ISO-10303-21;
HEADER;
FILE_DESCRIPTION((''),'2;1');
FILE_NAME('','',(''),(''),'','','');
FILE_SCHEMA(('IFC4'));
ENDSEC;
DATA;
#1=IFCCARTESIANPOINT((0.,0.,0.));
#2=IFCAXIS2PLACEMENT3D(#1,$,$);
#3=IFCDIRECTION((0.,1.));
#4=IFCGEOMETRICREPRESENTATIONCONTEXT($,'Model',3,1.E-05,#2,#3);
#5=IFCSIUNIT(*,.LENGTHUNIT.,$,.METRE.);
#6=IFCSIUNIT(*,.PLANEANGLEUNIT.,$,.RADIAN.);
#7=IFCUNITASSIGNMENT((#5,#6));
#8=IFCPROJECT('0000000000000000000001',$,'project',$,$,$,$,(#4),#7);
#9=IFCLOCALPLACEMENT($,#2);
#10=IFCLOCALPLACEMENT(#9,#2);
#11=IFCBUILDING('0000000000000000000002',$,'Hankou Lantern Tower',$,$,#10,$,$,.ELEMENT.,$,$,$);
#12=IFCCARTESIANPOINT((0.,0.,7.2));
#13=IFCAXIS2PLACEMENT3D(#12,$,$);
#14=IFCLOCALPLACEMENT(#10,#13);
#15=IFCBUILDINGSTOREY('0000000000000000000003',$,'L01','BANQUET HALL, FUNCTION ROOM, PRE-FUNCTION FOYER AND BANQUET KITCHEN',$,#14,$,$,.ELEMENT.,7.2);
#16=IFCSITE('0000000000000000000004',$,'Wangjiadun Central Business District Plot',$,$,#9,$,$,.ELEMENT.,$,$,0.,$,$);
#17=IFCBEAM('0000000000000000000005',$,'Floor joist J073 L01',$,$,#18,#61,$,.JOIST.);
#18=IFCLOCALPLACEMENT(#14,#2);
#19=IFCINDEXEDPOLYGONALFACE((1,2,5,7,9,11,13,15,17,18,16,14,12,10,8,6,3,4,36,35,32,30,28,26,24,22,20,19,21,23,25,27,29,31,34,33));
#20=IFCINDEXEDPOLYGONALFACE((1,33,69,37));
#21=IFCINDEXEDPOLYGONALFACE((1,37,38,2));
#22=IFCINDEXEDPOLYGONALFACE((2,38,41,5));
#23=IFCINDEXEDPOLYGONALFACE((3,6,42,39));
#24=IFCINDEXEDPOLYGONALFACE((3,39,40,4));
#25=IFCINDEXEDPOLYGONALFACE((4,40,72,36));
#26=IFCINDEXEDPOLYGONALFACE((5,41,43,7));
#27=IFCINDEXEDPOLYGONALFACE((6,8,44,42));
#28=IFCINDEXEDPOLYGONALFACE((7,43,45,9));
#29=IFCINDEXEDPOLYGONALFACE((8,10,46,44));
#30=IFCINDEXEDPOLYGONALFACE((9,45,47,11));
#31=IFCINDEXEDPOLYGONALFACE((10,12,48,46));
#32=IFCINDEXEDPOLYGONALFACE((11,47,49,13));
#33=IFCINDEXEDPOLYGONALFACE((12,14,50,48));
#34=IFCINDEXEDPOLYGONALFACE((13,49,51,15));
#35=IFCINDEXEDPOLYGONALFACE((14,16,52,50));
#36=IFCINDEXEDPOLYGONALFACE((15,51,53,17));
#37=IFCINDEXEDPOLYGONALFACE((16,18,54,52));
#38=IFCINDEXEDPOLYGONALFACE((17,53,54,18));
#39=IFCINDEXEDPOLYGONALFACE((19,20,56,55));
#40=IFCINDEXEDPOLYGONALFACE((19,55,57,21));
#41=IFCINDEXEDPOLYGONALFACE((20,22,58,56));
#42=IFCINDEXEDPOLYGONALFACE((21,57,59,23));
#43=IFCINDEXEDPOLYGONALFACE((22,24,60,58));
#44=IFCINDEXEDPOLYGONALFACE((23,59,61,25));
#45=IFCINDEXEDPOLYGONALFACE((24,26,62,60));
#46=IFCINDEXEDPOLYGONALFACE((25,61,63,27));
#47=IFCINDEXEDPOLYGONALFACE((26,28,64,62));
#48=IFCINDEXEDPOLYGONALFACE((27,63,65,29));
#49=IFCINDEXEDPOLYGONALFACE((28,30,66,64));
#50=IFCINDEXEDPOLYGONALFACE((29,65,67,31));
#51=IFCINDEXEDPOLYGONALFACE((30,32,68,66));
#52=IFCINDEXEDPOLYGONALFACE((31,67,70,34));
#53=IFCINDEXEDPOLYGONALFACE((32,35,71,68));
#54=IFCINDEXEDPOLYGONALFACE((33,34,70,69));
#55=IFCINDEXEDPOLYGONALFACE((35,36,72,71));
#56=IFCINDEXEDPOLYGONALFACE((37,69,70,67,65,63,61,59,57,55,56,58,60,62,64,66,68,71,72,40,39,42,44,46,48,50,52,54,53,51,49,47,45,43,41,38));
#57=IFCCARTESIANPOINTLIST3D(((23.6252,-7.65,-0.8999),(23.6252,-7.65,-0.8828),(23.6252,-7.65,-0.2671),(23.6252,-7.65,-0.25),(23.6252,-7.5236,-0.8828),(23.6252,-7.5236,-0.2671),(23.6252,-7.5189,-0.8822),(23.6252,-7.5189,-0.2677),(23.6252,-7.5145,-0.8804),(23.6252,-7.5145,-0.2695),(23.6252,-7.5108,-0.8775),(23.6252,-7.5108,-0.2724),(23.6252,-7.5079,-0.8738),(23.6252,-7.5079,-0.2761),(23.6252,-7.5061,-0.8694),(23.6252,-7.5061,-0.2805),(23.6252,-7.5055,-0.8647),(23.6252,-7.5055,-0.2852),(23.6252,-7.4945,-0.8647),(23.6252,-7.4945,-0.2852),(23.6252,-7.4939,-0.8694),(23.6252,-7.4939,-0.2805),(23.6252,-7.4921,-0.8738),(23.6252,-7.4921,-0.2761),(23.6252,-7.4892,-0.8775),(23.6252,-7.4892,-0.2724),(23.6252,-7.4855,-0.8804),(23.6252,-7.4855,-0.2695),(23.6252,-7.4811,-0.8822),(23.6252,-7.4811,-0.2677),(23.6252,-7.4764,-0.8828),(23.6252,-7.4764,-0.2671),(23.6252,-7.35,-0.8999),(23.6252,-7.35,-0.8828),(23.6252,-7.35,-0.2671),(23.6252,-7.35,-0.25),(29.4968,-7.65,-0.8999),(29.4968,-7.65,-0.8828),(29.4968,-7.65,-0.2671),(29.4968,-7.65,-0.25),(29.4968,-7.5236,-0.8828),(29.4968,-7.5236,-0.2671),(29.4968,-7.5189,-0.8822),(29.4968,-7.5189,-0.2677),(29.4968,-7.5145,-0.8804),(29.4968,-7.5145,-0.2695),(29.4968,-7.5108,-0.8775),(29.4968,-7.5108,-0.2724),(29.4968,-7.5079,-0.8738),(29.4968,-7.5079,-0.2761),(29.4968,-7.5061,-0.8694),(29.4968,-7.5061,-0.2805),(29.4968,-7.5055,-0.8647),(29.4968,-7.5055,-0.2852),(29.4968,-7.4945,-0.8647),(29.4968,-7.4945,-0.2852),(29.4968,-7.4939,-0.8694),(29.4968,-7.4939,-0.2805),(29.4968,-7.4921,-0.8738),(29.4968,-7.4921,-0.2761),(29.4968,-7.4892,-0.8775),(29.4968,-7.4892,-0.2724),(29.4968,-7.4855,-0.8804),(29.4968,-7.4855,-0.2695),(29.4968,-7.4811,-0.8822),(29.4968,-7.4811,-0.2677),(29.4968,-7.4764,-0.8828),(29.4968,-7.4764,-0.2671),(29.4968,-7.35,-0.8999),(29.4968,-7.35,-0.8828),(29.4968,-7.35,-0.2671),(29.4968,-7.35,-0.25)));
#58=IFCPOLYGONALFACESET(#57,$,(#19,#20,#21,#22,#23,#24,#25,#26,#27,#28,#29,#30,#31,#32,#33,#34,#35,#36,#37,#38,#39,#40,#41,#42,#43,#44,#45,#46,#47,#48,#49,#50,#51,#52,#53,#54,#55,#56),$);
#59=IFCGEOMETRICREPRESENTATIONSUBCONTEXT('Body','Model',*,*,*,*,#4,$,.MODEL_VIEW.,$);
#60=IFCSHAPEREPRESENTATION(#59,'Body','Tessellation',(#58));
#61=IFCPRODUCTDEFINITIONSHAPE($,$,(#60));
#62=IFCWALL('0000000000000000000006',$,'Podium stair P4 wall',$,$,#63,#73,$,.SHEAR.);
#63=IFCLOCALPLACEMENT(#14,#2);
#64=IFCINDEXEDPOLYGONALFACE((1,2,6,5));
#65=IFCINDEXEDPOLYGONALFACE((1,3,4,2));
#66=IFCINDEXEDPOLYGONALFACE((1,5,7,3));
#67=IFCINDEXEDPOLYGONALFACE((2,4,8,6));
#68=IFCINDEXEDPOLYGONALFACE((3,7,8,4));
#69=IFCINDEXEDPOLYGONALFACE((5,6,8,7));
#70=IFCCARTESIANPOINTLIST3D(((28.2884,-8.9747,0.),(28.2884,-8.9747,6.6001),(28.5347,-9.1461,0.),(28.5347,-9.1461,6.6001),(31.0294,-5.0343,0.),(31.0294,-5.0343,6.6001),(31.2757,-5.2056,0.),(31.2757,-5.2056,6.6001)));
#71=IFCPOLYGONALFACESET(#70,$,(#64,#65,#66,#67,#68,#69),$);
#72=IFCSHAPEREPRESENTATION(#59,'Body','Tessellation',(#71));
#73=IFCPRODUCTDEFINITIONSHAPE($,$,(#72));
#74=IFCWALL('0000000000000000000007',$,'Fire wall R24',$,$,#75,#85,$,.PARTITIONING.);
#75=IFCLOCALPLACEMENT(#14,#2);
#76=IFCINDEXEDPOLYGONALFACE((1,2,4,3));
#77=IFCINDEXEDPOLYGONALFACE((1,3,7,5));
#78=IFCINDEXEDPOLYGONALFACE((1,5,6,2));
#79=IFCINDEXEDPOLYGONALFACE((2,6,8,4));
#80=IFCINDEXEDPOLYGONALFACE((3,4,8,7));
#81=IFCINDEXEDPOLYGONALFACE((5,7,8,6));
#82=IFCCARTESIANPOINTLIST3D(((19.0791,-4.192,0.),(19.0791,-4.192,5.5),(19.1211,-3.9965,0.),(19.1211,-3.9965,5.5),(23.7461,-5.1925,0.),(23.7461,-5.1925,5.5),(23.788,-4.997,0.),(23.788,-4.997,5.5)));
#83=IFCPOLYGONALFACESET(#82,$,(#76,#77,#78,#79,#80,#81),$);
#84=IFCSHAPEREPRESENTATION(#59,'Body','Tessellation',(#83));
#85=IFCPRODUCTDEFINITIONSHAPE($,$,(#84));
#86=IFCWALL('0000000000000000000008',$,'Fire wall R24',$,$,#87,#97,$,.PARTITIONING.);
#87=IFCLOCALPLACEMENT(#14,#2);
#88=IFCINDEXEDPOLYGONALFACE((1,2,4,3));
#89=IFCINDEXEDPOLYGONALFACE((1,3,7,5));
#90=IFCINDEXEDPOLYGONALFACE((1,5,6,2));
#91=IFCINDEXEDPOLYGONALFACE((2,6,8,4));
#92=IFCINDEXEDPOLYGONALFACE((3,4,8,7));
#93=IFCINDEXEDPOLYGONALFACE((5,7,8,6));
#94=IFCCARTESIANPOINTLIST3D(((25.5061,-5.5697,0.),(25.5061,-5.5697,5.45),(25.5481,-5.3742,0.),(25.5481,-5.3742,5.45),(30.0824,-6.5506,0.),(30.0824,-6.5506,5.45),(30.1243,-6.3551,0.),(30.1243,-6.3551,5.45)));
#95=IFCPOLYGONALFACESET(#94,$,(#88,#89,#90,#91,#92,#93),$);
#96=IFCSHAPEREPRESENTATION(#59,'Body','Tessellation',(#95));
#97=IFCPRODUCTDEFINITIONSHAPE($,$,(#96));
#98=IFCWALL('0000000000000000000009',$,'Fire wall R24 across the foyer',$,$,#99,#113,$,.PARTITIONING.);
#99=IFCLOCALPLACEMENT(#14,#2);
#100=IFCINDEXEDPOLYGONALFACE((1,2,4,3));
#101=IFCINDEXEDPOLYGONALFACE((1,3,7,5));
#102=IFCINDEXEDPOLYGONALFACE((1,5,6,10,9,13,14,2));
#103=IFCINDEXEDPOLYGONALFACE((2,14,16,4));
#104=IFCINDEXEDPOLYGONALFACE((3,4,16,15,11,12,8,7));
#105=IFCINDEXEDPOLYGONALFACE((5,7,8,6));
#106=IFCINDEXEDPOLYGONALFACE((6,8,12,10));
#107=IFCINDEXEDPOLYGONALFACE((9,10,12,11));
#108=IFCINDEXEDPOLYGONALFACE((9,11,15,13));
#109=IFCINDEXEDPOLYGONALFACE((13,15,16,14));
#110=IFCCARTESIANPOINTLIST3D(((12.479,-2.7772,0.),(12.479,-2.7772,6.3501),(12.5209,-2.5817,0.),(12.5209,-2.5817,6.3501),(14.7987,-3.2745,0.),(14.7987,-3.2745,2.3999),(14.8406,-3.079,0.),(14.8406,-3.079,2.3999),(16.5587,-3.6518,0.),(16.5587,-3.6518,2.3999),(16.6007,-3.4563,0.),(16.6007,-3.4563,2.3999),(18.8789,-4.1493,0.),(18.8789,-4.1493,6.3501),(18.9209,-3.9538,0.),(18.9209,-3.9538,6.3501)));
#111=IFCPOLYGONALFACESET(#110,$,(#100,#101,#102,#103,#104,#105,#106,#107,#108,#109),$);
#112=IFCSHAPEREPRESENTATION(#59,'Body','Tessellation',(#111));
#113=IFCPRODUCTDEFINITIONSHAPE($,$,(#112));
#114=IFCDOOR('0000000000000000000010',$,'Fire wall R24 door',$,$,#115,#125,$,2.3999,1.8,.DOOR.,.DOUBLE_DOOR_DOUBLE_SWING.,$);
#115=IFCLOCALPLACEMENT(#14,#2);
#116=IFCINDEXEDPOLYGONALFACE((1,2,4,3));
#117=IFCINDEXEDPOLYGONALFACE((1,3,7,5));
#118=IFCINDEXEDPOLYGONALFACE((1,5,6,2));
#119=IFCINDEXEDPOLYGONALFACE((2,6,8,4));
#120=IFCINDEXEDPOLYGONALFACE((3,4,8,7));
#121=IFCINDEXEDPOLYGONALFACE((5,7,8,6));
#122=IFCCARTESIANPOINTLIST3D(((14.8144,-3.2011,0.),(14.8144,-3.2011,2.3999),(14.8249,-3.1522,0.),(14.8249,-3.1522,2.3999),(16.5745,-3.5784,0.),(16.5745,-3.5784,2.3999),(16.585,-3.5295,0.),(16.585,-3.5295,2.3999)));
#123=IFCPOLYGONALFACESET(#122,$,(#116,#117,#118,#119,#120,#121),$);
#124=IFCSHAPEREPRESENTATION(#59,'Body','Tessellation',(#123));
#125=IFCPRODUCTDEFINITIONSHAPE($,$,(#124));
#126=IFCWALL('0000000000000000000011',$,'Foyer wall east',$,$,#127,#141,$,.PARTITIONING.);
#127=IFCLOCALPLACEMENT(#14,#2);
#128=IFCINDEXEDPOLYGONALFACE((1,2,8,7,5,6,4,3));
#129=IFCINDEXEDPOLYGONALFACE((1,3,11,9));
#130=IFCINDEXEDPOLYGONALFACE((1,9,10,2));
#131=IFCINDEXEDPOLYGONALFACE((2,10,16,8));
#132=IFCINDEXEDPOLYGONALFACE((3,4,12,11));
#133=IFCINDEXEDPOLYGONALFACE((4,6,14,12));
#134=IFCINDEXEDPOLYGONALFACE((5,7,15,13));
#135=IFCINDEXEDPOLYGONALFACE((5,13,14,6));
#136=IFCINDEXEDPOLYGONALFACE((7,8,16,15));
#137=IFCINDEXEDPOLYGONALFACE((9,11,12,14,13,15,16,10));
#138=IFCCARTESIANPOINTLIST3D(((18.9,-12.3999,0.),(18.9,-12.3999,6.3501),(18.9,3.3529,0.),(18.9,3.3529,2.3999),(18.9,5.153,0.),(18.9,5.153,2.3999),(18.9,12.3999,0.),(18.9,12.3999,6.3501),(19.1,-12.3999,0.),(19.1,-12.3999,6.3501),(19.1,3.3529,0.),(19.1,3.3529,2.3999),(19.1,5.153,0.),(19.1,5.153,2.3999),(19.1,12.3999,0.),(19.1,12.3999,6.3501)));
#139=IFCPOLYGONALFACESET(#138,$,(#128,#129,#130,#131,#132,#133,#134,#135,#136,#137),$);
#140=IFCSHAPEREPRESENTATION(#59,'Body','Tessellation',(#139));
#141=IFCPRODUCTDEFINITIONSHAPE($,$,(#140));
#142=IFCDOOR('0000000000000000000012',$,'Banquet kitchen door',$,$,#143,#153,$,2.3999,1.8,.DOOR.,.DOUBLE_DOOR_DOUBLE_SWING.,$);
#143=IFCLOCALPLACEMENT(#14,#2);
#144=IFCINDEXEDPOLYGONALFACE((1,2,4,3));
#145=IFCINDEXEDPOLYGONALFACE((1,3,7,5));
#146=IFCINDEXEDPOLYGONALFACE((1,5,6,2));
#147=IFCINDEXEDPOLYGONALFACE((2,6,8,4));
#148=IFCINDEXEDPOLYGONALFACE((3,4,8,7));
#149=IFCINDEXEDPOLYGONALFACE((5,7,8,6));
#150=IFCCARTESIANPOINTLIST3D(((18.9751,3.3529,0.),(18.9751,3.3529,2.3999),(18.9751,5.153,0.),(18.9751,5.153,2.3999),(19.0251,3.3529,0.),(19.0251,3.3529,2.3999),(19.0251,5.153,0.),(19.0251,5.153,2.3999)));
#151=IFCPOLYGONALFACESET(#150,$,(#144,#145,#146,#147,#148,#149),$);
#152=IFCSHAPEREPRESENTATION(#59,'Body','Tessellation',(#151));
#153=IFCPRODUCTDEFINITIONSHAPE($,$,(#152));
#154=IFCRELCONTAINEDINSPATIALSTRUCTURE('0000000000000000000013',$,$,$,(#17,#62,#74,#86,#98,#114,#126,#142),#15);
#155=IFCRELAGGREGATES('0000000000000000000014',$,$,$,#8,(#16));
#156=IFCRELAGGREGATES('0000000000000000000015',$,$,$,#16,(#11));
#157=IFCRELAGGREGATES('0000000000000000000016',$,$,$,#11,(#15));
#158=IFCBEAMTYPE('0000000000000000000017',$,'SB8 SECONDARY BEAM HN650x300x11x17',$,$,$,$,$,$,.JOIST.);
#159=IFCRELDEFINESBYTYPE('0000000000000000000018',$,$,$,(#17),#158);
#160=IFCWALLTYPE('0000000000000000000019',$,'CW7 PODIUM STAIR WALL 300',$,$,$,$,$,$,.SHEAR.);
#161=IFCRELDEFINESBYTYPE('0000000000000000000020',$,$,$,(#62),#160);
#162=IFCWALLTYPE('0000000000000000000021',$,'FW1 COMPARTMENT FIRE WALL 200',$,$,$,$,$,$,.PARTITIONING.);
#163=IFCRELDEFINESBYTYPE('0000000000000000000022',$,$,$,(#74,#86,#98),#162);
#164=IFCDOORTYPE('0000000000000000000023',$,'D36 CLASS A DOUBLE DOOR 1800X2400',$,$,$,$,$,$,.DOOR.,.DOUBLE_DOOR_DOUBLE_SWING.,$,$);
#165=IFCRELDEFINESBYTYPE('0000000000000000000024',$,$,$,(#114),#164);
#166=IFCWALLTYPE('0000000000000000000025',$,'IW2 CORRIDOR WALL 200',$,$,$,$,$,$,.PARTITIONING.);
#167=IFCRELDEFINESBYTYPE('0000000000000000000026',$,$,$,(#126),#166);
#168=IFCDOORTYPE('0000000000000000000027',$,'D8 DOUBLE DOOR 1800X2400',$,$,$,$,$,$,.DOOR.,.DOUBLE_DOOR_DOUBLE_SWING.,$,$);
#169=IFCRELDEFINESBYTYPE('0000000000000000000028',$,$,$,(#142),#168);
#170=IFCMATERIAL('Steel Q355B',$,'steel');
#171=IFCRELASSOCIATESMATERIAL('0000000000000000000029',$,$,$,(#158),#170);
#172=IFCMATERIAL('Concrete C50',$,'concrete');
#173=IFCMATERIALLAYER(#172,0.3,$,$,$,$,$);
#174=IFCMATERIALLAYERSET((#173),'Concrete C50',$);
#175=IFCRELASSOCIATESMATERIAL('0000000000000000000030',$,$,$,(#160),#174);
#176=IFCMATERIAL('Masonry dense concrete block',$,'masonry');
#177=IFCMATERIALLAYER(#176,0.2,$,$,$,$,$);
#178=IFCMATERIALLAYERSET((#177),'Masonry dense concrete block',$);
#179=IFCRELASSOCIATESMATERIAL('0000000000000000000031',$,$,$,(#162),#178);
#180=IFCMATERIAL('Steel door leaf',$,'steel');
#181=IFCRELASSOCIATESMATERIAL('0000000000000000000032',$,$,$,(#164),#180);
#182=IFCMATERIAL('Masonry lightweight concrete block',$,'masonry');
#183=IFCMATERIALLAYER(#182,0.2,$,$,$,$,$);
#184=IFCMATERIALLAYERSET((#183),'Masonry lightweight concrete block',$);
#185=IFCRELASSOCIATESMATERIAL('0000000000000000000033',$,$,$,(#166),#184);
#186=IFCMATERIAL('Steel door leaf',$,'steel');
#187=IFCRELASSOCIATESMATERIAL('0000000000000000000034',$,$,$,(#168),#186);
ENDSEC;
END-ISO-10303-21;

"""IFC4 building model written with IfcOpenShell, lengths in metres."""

from ifc_helpers import new_model, si_unit, direction, frame, frame_2d, origin, origin_2d, place, context, subcontext, project, spatial, rectangle, i_section, extrude, material, layer, layer_set, material_profile, profile_set, type_object, element, fill, save


model = new_model("IFC4")

# Units and contexts
model_context = context("Model", 3, precision=1e-05, world=origin(), true_north=direction((0.0, 1.0)))
body_context = subcontext(model_context, "Body", "Model", "MODEL_VIEW")
ifc_project = project(units=[si_unit("LENGTHUNIT", "METRE"), si_unit("PLANEANGLEUNIT", "RADIAN")], contexts=[model_context])

# Site, building, storey
site_placement = place(None, origin())
site = spatial("IfcSite", under=ifc_project, at=site_placement, Name="Wangjiadun Central Business District Plot", CompositionType="ELEMENT", RefElevation=0.0)
building_placement = place(site_placement, origin())
building = spatial("IfcBuilding", under=site, at=building_placement, Name="Hankou Lantern Tower", CompositionType="ELEMENT")
storey_placement = place(building_placement, frame((0.0, 0.0, 7.2)))
storey = spatial("IfcBuildingStorey", under=building, at=storey_placement, Name="L01", Description="BANQUET HALL, FUNCTION ROOM, PRE-FUNCTION FOYER AND BANQUET KITCHEN", CompositionType="ELEMENT", Elevation=7.2)

# Beam
ifc_material_1 = material(Name="Steel Q355B", Category="steel")
ifc_material_profile_1 = material_profile(ifc_material_1, i_section(OverallWidth=0.3, OverallDepth=0.6499, WebThickness=0.011, FlangeThickness=0.0171, FilletRadius=0.0181, at=origin_2d()), Name="HN650x300x11x17")
ifc_profile_set_1 = profile_set([ifc_material_profile_1], Name="Steel Q355B")
beam_type_1 = type_object("IfcBeamType", Name="SB8 SECONDARY BEAM HN650x300x11x17", PredefinedType="JOIST", material=ifc_profile_set_1)
beam_1_placement = place(storey_placement, frame((23.6252, -7.5, -0.575), z_axis=(1.0, 0.0, 0.0), x_axis=(0.0, 1.0, 0.0)))
element("IfcBeam", 1, at=beam_1_placement, inside=storey, type_object=beam_type_1, Name="Floor joist J073 L01", PredefinedType="JOIST", context=body_context, shape_type="SweptSolid", body=[
    extrude(i_section(OverallWidth=0.3, OverallDepth=0.6499, WebThickness=0.011, FlangeThickness=0.0171, FilletRadius=0.0181, at=origin_2d()), origin(), (0.0, 0.0, 1.0), 5.8716),
])

# Walls
ifc_material_2 = material(Name="Concrete C50", Category="concrete")
ifc_layer_1 = layer(ifc_material_2, 0.3)
ifc_layer_set_1 = layer_set([ifc_layer_1], Name="Concrete C50")
wall_type_1 = type_object("IfcWallType", Name="CW7 PODIUM STAIR WALL 300", PredefinedType="SHEAR", material=ifc_layer_set_1)
wall_1_placement = place(storey_placement, frame((28.4116, -9.0603, 0.0), z_axis=(0.0, 0.0, 1.0), x_axis=(0.571036, 0.820925, 0.0)))
element("IfcWall", 2, at=wall_1_placement, inside=storey, type_object=wall_type_1, Name="Podium stair P4 wall", PredefinedType="SHEAR", context=body_context, shape_type="SweptSolid", body=[
    extrude(rectangle(XDim=4.8, YDim=0.3, at=frame_2d((2.3999, 0.0))), origin(), (0.0, 0.0, 1.0), 6.6001),
])
ifc_material_3 = material(Name="Masonry dense concrete block", Category="masonry")
ifc_layer_2 = layer(ifc_material_3, 0.2)
ifc_layer_set_2 = layer_set([ifc_layer_2], Name="Masonry dense concrete block")
wall_type_2 = type_object("IfcWallType", Name="FW1 COMPARTMENT FIRE WALL 200", PredefinedType="PARTITIONING", material=ifc_layer_set_2)
wall_2_placement = place(storey_placement, frame((19.1001, -4.0942, 0.0), z_axis=(0.0, 0.0, 1.0), x_axis=(0.977784, -0.209613, 0.0)))
element("IfcWall", 3, at=wall_2_placement, inside=storey, type_object=wall_type_2, Name="Fire wall R24", PredefinedType="PARTITIONING", context=body_context, shape_type="SweptSolid", body=[
    extrude(rectangle(XDim=4.7729, YDim=0.2, at=frame_2d((2.3865, 0.0))), origin(), (0.0, 0.0, 1.0), 5.5),
])
wall_3_placement = place(storey_placement, frame((25.5271, -5.4719, 0.0), z_axis=(0.0, 0.0, 1.0), x_axis=(0.977787, -0.2096, 0.0)))
element("IfcWall", 4, at=wall_3_placement, inside=storey, type_object=wall_type_2, Name="Fire wall R24", PredefinedType="PARTITIONING", context=body_context, shape_type="SweptSolid", body=[
    extrude(rectangle(XDim=4.6802, YDim=0.2, at=frame_2d((2.3401, 0.0))), origin(), (0.0, 0.0, 1.0), 5.45),
])

# Walls, openings, doors
wall_4_placement = place(storey_placement, frame((18.8999, -4.0515, 0.0), z_axis=(0.0, 0.0, 1.0), x_axis=(-0.977782, 0.209626, 0.0)))
wall_4 = element("IfcWall", 5, at=wall_4_placement, inside=storey, type_object=wall_type_2, Name="Fire wall R24 across the foyer", PredefinedType="PARTITIONING", context=body_context, shape_type="SweptSolid", body=[
    extrude(rectangle(XDim=6.5454, YDim=0.2, at=frame_2d((3.2727, 0.0))), origin(), (0.0, 0.0, 1.0), 6.3501),
])
opening_1_placement = place(wall_4_placement, frame((2.373, 0.0, 0.0)))
opening_1 = element("IfcOpeningElement", 6, at=opening_1_placement, cuts=wall_4, PredefinedType="OPENING", context=body_context, shape_type="SweptSolid", body=[
    extrude(rectangle(XDim=1.8, YDim=2.3999, at=frame_2d((0.8999, 1.2))), frame((0.0, 0.1099, 0.0), z_axis=(0.0, -1.0, 0.0), x_axis=(1.0, 0.0, 0.0)), (0.0, 0.0, 1.0), 0.22),
])
ifc_material_4 = material(Name="Steel door leaf", Category="steel")
door_type_1 = type_object("IfcDoorType", Name="D36 CLASS A DOUBLE DOOR 1800X2400", OperationType="DOUBLE_DOOR_DOUBLE_SWING", PredefinedType="DOOR", material=ifc_material_4)
door_1_placement = place(opening_1_placement, origin())
door_1 = element("IfcDoor", 7, at=door_1_placement, inside=storey, type_object=door_type_1, Name="Fire wall R24 door", OperationType="DOUBLE_DOOR_DOUBLE_SWING", OverallHeight=2.3999, OverallWidth=1.8, PredefinedType="DOOR", context=body_context, shape_type="SweptSolid", body=[
    extrude(rectangle(XDim=1.8, YDim=2.3999, at=frame_2d((0.8999, 1.2))), frame((0.0, 0.0249, 0.0), z_axis=(0.0, -1.0, 0.0), x_axis=(1.0, 0.0, 0.0)), (0.0, 0.0, 1.0), 0.05),
])
fill(opening_1, door_1)
ifc_material_5 = material(Name="Masonry lightweight concrete block", Category="masonry")
ifc_layer_3 = layer(ifc_material_5, 0.2)
ifc_layer_set_3 = layer_set([ifc_layer_3], Name="Masonry lightweight concrete block")
wall_type_3 = type_object("IfcWallType", Name="IW2 CORRIDOR WALL 200", PredefinedType="PARTITIONING", material=ifc_layer_set_3)
wall_5_placement = place(storey_placement, frame((19.0, -12.3999, 0.0), z_axis=(0.0, 0.0, 1.0), x_axis=(0.0, 1.0, 0.0)))
wall_5 = element("IfcWall", 8, at=wall_5_placement, inside=storey, type_object=wall_type_3, Name="Foyer wall east", PredefinedType="PARTITIONING", context=body_context, shape_type="SweptSolid", body=[
    extrude(rectangle(XDim=24.7998, YDim=0.2, at=frame_2d((12.3999, 0.0))), origin(), (0.0, 0.0, 1.0), 6.3501),
])
opening_2_placement = place(wall_5_placement, frame((15.7529, 0.0, 0.0)))
opening_2 = element("IfcOpeningElement", 9, at=opening_2_placement, cuts=wall_5, PredefinedType="OPENING", context=body_context, shape_type="SweptSolid", body=[
    extrude(rectangle(XDim=1.8, YDim=2.3999, at=frame_2d((0.8999, 1.2))), frame((0.0, 0.1099, 0.0), z_axis=(0.0, -1.0, 0.0), x_axis=(1.0, 0.0, 0.0)), (0.0, 0.0, 1.0), 0.22),
])
ifc_material_6 = material(Name="Steel door leaf", Category="steel")
door_type_2 = type_object("IfcDoorType", Name="D8 DOUBLE DOOR 1800X2400", OperationType="DOUBLE_DOOR_DOUBLE_SWING", PredefinedType="DOOR", material=ifc_material_6)
door_2_placement = place(opening_2_placement, origin())
door_2 = element("IfcDoor", 10, at=door_2_placement, inside=storey, type_object=door_type_2, Name="Banquet kitchen door", OperationType="DOUBLE_DOOR_DOUBLE_SWING", OverallHeight=2.3999, OverallWidth=1.8, PredefinedType="DOOR", context=body_context, shape_type="SweptSolid", body=[
    extrude(rectangle(XDim=1.8, YDim=2.3999, at=frame_2d((0.8999, 1.2))), frame((0.0, 0.0249, 0.0), z_axis=(0.0, -1.0, 0.0), x_axis=(1.0, 0.0, 0.0)), (0.0, 0.0, 1.0), 0.05),
])
fill(opening_2, door_2)

save(model, "model.ifc")
